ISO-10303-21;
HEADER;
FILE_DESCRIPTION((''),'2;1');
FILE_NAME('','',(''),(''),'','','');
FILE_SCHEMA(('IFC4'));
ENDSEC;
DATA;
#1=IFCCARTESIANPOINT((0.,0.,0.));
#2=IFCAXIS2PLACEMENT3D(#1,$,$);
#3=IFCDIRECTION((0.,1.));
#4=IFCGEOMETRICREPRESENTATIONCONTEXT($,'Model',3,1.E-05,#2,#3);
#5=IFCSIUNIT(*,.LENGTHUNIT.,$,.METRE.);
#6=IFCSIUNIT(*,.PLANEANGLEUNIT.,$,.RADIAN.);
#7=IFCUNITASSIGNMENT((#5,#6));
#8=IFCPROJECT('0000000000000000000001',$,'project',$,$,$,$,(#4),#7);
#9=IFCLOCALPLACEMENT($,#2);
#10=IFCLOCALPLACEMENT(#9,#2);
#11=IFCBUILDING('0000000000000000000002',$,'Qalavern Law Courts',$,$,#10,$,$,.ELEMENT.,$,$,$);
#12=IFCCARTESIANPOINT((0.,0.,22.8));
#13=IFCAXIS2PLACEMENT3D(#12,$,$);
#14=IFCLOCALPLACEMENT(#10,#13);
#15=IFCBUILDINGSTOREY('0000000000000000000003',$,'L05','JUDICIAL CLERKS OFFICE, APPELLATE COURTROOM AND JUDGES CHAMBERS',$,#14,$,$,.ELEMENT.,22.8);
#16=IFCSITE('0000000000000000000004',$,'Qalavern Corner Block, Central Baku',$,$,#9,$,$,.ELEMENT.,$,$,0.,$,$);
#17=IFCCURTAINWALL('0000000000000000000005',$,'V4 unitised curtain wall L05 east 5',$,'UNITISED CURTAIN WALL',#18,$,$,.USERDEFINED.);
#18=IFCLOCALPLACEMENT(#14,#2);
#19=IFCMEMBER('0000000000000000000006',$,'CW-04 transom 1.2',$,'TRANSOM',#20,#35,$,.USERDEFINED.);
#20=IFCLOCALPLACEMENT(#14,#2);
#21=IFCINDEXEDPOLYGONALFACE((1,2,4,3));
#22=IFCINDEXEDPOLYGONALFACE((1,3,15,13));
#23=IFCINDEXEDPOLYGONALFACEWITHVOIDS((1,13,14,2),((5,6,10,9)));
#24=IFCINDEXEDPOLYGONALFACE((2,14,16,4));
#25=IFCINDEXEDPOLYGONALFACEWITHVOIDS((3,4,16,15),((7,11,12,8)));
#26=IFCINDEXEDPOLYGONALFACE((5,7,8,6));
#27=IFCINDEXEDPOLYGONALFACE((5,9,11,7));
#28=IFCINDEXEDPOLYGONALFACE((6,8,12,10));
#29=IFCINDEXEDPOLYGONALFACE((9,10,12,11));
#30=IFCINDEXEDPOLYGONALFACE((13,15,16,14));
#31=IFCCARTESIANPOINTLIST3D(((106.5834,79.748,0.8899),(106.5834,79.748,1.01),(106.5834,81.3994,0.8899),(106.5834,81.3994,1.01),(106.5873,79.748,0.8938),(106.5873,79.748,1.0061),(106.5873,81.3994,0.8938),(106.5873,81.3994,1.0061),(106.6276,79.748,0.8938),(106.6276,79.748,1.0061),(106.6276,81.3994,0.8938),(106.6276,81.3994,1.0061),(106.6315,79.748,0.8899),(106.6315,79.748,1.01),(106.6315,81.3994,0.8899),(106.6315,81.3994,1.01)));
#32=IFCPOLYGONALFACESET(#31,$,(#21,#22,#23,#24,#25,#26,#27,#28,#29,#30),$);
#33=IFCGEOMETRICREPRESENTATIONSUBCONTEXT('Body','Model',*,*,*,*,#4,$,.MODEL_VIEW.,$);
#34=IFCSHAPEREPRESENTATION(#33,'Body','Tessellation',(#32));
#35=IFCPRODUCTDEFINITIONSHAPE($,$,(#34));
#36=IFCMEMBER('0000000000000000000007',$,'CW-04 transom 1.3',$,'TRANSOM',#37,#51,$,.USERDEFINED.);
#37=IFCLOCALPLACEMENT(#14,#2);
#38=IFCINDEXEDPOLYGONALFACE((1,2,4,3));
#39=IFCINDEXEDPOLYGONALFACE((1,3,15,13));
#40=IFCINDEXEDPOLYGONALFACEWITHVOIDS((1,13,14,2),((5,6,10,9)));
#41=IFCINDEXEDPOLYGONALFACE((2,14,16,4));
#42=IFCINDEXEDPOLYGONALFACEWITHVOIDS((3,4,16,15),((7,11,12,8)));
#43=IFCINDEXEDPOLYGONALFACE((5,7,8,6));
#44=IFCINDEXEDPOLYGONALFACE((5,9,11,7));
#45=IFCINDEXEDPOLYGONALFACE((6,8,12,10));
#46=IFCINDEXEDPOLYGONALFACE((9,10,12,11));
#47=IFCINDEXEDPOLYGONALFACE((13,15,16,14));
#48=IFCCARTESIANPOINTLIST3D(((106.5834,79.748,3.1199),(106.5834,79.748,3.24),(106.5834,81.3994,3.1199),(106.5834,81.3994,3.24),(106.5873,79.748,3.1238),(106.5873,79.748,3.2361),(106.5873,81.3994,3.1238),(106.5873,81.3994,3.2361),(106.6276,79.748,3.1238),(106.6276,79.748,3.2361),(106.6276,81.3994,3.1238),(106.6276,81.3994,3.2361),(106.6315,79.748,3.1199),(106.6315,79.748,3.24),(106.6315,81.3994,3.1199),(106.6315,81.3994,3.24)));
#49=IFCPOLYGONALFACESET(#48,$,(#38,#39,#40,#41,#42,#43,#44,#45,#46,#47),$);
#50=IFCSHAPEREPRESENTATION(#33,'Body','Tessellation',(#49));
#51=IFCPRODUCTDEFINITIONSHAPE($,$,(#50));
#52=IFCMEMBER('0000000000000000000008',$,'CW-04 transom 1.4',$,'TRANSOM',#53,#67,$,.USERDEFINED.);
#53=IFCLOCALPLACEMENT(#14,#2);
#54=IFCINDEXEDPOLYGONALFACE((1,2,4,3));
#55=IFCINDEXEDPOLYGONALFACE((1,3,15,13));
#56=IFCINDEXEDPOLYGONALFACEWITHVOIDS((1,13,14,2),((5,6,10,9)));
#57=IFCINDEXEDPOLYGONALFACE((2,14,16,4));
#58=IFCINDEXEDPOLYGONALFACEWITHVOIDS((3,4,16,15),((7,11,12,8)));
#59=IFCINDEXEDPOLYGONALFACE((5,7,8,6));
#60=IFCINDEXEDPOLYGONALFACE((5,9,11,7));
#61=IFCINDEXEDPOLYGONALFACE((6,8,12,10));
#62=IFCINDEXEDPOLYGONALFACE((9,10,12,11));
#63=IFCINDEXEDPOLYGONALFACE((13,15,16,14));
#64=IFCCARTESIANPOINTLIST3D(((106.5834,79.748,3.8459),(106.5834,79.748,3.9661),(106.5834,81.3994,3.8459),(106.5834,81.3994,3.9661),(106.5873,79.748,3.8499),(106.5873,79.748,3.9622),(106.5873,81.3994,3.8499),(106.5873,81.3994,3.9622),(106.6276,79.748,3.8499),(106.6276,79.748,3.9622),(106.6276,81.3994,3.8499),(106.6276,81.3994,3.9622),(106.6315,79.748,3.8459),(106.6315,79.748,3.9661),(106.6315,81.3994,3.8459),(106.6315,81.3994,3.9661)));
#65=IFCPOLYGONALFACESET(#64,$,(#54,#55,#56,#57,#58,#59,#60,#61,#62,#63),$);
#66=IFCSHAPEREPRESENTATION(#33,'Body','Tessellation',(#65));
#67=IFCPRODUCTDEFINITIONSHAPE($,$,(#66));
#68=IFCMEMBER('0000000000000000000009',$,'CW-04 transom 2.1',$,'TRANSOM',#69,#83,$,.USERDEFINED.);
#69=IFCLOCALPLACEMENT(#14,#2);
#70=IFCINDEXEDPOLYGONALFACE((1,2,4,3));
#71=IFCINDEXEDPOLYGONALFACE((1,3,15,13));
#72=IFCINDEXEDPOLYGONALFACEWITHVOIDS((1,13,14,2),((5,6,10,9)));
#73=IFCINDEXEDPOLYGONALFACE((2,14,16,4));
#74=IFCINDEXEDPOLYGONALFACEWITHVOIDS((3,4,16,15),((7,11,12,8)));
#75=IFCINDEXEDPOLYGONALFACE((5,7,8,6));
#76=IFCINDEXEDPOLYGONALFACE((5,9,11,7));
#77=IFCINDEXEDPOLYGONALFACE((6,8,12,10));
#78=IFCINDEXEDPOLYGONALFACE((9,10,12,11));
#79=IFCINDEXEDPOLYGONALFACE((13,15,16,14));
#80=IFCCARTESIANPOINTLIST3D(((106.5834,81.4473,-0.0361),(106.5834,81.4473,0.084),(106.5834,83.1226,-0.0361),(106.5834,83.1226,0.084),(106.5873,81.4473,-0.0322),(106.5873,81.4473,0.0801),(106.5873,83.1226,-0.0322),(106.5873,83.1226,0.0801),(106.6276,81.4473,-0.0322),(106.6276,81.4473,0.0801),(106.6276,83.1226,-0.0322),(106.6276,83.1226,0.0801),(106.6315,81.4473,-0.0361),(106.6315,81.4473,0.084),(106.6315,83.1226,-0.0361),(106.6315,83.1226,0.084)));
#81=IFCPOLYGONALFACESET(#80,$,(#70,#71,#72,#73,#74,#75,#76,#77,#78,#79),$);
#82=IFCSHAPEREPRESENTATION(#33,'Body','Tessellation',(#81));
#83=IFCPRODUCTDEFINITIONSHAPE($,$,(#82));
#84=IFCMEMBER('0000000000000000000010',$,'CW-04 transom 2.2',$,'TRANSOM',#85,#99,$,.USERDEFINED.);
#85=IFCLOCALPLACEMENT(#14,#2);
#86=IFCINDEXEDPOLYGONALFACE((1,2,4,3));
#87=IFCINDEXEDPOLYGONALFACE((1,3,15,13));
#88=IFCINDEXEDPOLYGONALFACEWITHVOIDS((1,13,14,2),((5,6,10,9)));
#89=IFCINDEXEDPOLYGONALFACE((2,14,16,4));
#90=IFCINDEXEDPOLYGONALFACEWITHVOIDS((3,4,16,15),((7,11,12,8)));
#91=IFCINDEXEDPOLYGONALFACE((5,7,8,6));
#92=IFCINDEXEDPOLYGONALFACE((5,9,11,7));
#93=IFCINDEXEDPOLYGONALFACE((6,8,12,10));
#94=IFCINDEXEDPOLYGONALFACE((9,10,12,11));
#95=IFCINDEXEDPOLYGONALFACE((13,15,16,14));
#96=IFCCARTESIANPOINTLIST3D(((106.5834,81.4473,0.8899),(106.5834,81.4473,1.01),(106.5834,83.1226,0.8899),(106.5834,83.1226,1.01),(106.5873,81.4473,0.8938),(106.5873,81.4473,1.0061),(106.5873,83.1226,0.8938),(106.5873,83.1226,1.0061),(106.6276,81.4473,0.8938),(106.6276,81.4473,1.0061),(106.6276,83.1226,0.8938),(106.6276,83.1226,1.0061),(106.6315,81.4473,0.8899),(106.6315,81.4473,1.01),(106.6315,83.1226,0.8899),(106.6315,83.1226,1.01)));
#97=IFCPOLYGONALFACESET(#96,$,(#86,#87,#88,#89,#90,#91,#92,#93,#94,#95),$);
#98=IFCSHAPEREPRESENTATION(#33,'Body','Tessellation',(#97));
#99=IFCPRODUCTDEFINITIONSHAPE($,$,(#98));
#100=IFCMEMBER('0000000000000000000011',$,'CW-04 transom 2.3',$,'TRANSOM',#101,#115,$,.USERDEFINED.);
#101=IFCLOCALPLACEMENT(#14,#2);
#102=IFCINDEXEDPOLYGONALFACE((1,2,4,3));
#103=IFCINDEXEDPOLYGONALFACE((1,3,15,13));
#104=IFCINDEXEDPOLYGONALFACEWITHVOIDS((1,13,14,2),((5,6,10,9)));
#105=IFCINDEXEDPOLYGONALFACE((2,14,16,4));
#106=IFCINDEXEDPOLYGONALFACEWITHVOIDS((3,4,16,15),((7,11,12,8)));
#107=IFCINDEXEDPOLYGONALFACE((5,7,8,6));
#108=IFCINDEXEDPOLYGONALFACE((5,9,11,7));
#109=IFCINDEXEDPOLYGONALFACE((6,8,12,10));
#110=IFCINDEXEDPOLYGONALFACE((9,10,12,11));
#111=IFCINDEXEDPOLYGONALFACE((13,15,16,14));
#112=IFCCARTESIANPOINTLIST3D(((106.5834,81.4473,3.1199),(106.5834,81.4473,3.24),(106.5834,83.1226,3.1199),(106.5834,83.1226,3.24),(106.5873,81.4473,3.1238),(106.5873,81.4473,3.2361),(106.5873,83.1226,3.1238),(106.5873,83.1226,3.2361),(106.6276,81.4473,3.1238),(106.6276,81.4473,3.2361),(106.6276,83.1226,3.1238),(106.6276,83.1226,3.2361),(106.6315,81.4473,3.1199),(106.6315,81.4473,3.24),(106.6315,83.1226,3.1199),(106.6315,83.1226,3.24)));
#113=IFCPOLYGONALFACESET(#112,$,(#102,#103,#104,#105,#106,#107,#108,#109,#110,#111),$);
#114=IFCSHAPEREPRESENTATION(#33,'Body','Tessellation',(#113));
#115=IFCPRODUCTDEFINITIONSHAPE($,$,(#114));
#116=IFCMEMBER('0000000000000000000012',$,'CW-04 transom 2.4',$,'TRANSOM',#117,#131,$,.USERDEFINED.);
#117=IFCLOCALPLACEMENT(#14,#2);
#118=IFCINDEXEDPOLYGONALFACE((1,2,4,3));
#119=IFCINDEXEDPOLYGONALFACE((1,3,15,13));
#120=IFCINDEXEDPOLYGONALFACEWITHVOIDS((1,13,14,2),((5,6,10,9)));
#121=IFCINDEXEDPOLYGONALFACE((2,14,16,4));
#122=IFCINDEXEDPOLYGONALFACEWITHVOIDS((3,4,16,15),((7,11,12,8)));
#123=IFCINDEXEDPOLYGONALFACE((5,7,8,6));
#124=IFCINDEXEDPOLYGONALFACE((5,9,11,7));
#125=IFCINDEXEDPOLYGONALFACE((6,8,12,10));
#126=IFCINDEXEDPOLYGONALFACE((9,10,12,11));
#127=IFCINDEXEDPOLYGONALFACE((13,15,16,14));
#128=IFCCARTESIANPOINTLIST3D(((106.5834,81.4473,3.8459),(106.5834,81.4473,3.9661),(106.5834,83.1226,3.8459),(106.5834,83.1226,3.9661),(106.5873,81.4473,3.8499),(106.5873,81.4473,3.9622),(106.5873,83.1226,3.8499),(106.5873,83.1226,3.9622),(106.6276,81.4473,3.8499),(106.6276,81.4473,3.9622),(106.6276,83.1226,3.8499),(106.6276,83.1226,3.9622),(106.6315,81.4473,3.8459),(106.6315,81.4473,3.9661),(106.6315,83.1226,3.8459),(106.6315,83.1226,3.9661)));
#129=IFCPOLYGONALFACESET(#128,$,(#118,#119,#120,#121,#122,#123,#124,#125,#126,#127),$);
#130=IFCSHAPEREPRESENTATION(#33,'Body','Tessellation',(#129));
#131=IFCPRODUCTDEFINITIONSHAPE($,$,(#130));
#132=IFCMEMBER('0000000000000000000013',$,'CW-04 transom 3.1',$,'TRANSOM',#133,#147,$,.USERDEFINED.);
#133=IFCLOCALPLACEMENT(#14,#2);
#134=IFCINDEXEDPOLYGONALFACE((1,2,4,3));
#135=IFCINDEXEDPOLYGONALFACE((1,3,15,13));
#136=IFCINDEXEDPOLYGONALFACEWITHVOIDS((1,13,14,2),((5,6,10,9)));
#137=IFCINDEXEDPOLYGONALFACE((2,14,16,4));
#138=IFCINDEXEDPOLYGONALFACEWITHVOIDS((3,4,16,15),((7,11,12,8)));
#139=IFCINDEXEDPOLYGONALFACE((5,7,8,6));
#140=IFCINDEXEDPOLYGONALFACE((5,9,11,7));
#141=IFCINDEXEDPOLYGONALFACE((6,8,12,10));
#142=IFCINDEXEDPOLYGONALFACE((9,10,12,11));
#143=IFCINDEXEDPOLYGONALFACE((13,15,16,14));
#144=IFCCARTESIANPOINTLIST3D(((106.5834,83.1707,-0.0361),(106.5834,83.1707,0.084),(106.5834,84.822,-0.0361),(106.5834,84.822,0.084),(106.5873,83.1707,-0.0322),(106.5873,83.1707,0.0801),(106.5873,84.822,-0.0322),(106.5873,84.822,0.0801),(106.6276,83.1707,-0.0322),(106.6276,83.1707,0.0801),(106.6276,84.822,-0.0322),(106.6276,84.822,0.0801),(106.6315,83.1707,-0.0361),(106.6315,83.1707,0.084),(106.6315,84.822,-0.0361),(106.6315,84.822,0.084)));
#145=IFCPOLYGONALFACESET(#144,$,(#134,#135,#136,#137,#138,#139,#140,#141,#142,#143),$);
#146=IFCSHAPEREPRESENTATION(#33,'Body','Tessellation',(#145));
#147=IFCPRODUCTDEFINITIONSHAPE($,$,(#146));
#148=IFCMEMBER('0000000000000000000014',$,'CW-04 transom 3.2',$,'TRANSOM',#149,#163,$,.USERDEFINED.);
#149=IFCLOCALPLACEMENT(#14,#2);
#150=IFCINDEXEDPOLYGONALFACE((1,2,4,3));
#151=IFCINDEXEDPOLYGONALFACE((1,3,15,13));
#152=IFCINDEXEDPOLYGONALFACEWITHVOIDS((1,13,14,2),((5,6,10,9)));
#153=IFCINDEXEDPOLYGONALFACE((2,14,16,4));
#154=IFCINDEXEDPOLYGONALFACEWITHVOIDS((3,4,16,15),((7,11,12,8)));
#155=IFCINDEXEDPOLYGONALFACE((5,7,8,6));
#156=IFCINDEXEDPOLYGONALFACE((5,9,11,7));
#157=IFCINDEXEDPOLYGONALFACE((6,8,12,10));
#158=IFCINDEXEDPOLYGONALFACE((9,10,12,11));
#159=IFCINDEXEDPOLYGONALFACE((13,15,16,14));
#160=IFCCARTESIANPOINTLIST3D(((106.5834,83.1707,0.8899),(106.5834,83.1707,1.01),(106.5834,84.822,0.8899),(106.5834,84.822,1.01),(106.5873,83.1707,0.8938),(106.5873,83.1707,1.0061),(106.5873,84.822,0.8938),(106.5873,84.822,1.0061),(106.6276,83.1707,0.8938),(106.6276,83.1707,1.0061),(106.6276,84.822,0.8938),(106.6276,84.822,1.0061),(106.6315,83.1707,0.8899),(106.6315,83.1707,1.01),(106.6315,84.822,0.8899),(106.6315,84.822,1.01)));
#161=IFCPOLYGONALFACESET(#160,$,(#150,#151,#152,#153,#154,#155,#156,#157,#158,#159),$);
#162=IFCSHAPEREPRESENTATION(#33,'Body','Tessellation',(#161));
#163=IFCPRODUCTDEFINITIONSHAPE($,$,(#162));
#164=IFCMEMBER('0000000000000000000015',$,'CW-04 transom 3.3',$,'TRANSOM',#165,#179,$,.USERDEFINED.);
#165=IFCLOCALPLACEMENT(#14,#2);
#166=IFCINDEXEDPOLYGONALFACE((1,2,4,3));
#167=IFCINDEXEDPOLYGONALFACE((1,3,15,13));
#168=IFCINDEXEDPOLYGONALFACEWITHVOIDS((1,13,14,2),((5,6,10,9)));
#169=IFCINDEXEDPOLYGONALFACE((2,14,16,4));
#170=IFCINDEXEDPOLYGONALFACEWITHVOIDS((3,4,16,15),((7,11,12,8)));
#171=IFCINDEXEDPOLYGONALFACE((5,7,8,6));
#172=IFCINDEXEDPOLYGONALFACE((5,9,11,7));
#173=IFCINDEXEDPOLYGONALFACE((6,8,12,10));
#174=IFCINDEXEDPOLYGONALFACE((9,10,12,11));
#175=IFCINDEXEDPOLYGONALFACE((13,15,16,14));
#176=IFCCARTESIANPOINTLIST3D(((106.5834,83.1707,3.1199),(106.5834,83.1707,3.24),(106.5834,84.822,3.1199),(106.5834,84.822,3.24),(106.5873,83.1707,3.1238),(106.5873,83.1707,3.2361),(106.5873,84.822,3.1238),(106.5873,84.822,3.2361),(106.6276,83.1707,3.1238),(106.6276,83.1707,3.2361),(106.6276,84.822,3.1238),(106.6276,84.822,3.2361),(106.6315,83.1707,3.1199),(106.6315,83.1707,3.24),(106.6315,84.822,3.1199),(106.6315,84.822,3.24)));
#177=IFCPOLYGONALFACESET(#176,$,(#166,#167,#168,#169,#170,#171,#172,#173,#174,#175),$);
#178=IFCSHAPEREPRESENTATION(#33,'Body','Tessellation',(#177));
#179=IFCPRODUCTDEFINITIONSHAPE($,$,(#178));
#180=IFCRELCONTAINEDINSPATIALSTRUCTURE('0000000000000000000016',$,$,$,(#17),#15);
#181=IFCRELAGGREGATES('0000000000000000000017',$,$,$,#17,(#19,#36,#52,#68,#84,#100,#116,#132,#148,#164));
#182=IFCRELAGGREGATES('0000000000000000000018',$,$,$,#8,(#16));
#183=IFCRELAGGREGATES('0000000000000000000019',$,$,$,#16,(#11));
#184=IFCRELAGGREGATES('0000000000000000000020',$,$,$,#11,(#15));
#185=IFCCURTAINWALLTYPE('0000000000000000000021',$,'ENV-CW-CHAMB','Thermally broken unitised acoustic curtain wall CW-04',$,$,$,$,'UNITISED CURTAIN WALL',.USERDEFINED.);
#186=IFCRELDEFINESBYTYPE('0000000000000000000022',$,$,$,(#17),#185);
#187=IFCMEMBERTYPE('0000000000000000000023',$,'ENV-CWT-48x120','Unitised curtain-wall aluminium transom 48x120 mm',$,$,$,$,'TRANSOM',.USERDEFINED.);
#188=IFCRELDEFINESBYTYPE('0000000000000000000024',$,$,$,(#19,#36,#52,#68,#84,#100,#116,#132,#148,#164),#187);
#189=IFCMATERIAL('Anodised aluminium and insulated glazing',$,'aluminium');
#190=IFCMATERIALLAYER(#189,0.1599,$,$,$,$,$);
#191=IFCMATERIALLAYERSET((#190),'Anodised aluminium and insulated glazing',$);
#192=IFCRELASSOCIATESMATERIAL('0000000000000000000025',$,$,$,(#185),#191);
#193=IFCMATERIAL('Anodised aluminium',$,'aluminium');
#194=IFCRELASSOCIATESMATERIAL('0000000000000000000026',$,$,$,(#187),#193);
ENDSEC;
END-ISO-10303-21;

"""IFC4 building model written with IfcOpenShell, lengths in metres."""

from ifc_helpers import new_model, si_unit, direction, frame, origin, origin_2d, place, context, subcontext, project, spatial, hollow_rectangle, extrude, material, layer, layer_set, material_profile, profile_set, type_object, element, aggregate, save


model = new_model("IFC4")

# Units and contexts
model_context = context("Model", 3, precision=1e-05, world=origin(), true_north=direction((0.0, 1.0)))
body_context = subcontext(model_context, "Body", "Model", "MODEL_VIEW")
ifc_project = project(units=[si_unit("LENGTHUNIT", "METRE"), si_unit("PLANEANGLEUNIT", "RADIAN")], contexts=[model_context])

# Site, building, storey
site_placement = place(None, origin())
site = spatial("IfcSite", under=ifc_project, at=site_placement, Name="Qalavern Corner Block, Central Baku", CompositionType="ELEMENT", RefElevation=0.0)
building_placement = place(site_placement, origin())
building = spatial("IfcBuilding", under=site, at=building_placement, Name="Qalavern Law Courts", CompositionType="ELEMENT")
storey_placement = place(building_placement, frame((0.0, 0.0, 22.8)))
storey = spatial("IfcBuildingStorey", under=building, at=storey_placement, Name="L05", Description="JUDICIAL CLERKS OFFICE, APPELLATE COURTROOM AND JUDGES CHAMBERS", CompositionType="ELEMENT", Elevation=22.8)

# Curtain wall
ifc_material_1 = material(Name="Anodised aluminium and insulated glazing", Category="aluminium")
ifc_layer_1 = layer(ifc_material_1, 0.1599)
ifc_layer_set_1 = layer_set([ifc_layer_1], Name="Anodised aluminium and insulated glazing")
curtain_wall_type = type_object("IfcCurtainWallType", Name="ENV-CW-CHAMB", Description="Thermally broken unitised acoustic curtain wall CW-04", ElementType="UNITISED CURTAIN WALL", PredefinedType="USERDEFINED", material=ifc_layer_set_1)
ifc_material_2 = material(Name="Anodised aluminium", Category="aluminium")
curtain_wall_1_placement = place(storey_placement, origin())
curtain_wall_1 = element("IfcCurtainWall", 1, at=curtain_wall_1_placement, inside=storey, type_object=curtain_wall_type, Name="V4 unitised curtain wall L05 east 5", ObjectType="UNITISED CURTAIN WALL", PredefinedType="USERDEFINED")

# Members
ifc_material_profile_1 = material_profile(ifc_material_2, hollow_rectangle(XDim=0.0481, YDim=0.1201, WallThickness=0.0039, at=origin_2d()), Name="ALU TRANSOM 48x120")
ifc_profile_set_1 = profile_set([ifc_material_profile_1], Name="Anodised aluminium")
member_type_1 = type_object("IfcMemberType", Name="ENV-CWT-48x120", Description="Unitised curtain-wall aluminium transom 48x120 mm", ElementType="TRANSOM", PredefinedType="USERDEFINED", material=ifc_profile_set_1)
member_1_placement = place(storey_placement, frame((106.6074, 79.748, 0.95), z_axis=(0.0, 1.0, 0.0), x_axis=(-1.0, 0.0, 0.0)))
member_1 = element("IfcMember", 2, at=member_1_placement, type_object=member_type_1, Name="CW-04 transom 1.2", ObjectType="TRANSOM", PredefinedType="USERDEFINED", context=body_context, shape_type="SweptSolid", body=[
    extrude(hollow_rectangle(XDim=0.0481, YDim=0.1201, WallThickness=0.0039, at=origin_2d()), origin(), (0.0, 0.0, 1.0), 1.6514),
])
member_2_placement = place(storey_placement, frame((106.6074, 79.748, 3.1799), z_axis=(0.0, 1.0, 0.0), x_axis=(-1.0, 0.0, 0.0)))
member_2 = element("IfcMember", 3, at=member_2_placement, type_object=member_type_1, Name="CW-04 transom 1.3", ObjectType="TRANSOM", PredefinedType="USERDEFINED", context=body_context, shape_type="SweptSolid", body=[
    extrude(hollow_rectangle(XDim=0.0481, YDim=0.1201, WallThickness=0.0039, at=origin_2d()), origin(), (0.0, 0.0, 1.0), 1.6514),
])
member_3_placement = place(storey_placement, frame((106.6074, 79.748, 3.906), z_axis=(0.0, 1.0, 0.0), x_axis=(-1.0, 0.0, 0.0)))
member_3 = element("IfcMember", 4, at=member_3_placement, type_object=member_type_1, Name="CW-04 transom 1.4", ObjectType="TRANSOM", PredefinedType="USERDEFINED", context=body_context, shape_type="SweptSolid", body=[
    extrude(hollow_rectangle(XDim=0.0481, YDim=0.1201, WallThickness=0.0039, at=origin_2d()), origin(), (0.0, 0.0, 1.0), 1.6514),
])
member_4_placement = place(storey_placement, frame((106.6074, 81.4473, 0.0239), z_axis=(0.0, 1.0, 0.0), x_axis=(-1.0, 0.0, 0.0)))
member_4 = element("IfcMember", 5, at=member_4_placement, type_object=member_type_1, Name="CW-04 transom 2.1", ObjectType="TRANSOM", PredefinedType="USERDEFINED", context=body_context, shape_type="SweptSolid", body=[
    extrude(hollow_rectangle(XDim=0.0481, YDim=0.1201, WallThickness=0.0039, at=origin_2d()), origin(), (0.0, 0.0, 1.0), 1.6753),
])
member_5_placement = place(storey_placement, frame((106.6074, 81.4473, 0.95), z_axis=(0.0, 1.0, 0.0), x_axis=(-1.0, 0.0, 0.0)))
member_5 = element("IfcMember", 6, at=member_5_placement, type_object=member_type_1, Name="CW-04 transom 2.2", ObjectType="TRANSOM", PredefinedType="USERDEFINED", context=body_context, shape_type="SweptSolid", body=[
    extrude(hollow_rectangle(XDim=0.0481, YDim=0.1201, WallThickness=0.0039, at=origin_2d()), origin(), (0.0, 0.0, 1.0), 1.6753),
])
member_6_placement = place(storey_placement, frame((106.6074, 81.4473, 3.1799), z_axis=(0.0, 1.0, 0.0), x_axis=(-1.0, 0.0, 0.0)))
member_6 = element("IfcMember", 7, at=member_6_placement, type_object=member_type_1, Name="CW-04 transom 2.3", ObjectType="TRANSOM", PredefinedType="USERDEFINED", context=body_context, shape_type="SweptSolid", body=[
    extrude(hollow_rectangle(XDim=0.0481, YDim=0.1201, WallThickness=0.0039, at=origin_2d()), origin(), (0.0, 0.0, 1.0), 1.6753),
])
member_7_placement = place(storey_placement, frame((106.6074, 81.4473, 3.906), z_axis=(0.0, 1.0, 0.0), x_axis=(-1.0, 0.0, 0.0)))
member_7 = element("IfcMember", 8, at=member_7_placement, type_object=member_type_1, Name="CW-04 transom 2.4", ObjectType="TRANSOM", PredefinedType="USERDEFINED", context=body_context, shape_type="SweptSolid", body=[
    extrude(hollow_rectangle(XDim=0.0481, YDim=0.1201, WallThickness=0.0039, at=origin_2d()), origin(), (0.0, 0.0, 1.0), 1.6753),
])
member_8_placement = place(storey_placement, frame((106.6074, 83.1707, 0.0239), z_axis=(0.0, 1.0, 0.0), x_axis=(-1.0, 0.0, 0.0)))
member_8 = element("IfcMember", 9, at=member_8_placement, type_object=member_type_1, Name="CW-04 transom 3.1", ObjectType="TRANSOM", PredefinedType="USERDEFINED", context=body_context, shape_type="SweptSolid", body=[
    extrude(hollow_rectangle(XDim=0.0481, YDim=0.1201, WallThickness=0.0039, at=origin_2d()), origin(), (0.0, 0.0, 1.0), 1.6514),
])
member_9_placement = place(storey_placement, frame((106.6074, 83.1707, 0.95), z_axis=(0.0, 1.0, 0.0), x_axis=(-1.0, 0.0, 0.0)))
member_9 = element("IfcMember", 10, at=member_9_placement, type_object=member_type_1, Name="CW-04 transom 3.2", ObjectType="TRANSOM", PredefinedType="USERDEFINED", context=body_context, shape_type="SweptSolid", body=[
    extrude(hollow_rectangle(XDim=0.0481, YDim=0.1201, WallThickness=0.0039, at=origin_2d()), origin(), (0.0, 0.0, 1.0), 1.6514),
])
member_10_placement = place(storey_placement, frame((106.6074, 83.1707, 3.1799), z_axis=(0.0, 1.0, 0.0), x_axis=(-1.0, 0.0, 0.0)))
member_10 = element("IfcMember", 11, at=member_10_placement, type_object=member_type_1, Name="CW-04 transom 3.3", ObjectType="TRANSOM", PredefinedType="USERDEFINED", context=body_context, shape_type="SweptSolid", body=[
    extrude(hollow_rectangle(XDim=0.0481, YDim=0.1201, WallThickness=0.0039, at=origin_2d()), origin(), (0.0, 0.0, 1.0), 1.6514),
])

aggregate(curtain_wall_1, [member_1, member_2, member_3, member_4, member_5, member_6, member_7, member_8, member_9, member_10])

save(model, "model.ifc")
